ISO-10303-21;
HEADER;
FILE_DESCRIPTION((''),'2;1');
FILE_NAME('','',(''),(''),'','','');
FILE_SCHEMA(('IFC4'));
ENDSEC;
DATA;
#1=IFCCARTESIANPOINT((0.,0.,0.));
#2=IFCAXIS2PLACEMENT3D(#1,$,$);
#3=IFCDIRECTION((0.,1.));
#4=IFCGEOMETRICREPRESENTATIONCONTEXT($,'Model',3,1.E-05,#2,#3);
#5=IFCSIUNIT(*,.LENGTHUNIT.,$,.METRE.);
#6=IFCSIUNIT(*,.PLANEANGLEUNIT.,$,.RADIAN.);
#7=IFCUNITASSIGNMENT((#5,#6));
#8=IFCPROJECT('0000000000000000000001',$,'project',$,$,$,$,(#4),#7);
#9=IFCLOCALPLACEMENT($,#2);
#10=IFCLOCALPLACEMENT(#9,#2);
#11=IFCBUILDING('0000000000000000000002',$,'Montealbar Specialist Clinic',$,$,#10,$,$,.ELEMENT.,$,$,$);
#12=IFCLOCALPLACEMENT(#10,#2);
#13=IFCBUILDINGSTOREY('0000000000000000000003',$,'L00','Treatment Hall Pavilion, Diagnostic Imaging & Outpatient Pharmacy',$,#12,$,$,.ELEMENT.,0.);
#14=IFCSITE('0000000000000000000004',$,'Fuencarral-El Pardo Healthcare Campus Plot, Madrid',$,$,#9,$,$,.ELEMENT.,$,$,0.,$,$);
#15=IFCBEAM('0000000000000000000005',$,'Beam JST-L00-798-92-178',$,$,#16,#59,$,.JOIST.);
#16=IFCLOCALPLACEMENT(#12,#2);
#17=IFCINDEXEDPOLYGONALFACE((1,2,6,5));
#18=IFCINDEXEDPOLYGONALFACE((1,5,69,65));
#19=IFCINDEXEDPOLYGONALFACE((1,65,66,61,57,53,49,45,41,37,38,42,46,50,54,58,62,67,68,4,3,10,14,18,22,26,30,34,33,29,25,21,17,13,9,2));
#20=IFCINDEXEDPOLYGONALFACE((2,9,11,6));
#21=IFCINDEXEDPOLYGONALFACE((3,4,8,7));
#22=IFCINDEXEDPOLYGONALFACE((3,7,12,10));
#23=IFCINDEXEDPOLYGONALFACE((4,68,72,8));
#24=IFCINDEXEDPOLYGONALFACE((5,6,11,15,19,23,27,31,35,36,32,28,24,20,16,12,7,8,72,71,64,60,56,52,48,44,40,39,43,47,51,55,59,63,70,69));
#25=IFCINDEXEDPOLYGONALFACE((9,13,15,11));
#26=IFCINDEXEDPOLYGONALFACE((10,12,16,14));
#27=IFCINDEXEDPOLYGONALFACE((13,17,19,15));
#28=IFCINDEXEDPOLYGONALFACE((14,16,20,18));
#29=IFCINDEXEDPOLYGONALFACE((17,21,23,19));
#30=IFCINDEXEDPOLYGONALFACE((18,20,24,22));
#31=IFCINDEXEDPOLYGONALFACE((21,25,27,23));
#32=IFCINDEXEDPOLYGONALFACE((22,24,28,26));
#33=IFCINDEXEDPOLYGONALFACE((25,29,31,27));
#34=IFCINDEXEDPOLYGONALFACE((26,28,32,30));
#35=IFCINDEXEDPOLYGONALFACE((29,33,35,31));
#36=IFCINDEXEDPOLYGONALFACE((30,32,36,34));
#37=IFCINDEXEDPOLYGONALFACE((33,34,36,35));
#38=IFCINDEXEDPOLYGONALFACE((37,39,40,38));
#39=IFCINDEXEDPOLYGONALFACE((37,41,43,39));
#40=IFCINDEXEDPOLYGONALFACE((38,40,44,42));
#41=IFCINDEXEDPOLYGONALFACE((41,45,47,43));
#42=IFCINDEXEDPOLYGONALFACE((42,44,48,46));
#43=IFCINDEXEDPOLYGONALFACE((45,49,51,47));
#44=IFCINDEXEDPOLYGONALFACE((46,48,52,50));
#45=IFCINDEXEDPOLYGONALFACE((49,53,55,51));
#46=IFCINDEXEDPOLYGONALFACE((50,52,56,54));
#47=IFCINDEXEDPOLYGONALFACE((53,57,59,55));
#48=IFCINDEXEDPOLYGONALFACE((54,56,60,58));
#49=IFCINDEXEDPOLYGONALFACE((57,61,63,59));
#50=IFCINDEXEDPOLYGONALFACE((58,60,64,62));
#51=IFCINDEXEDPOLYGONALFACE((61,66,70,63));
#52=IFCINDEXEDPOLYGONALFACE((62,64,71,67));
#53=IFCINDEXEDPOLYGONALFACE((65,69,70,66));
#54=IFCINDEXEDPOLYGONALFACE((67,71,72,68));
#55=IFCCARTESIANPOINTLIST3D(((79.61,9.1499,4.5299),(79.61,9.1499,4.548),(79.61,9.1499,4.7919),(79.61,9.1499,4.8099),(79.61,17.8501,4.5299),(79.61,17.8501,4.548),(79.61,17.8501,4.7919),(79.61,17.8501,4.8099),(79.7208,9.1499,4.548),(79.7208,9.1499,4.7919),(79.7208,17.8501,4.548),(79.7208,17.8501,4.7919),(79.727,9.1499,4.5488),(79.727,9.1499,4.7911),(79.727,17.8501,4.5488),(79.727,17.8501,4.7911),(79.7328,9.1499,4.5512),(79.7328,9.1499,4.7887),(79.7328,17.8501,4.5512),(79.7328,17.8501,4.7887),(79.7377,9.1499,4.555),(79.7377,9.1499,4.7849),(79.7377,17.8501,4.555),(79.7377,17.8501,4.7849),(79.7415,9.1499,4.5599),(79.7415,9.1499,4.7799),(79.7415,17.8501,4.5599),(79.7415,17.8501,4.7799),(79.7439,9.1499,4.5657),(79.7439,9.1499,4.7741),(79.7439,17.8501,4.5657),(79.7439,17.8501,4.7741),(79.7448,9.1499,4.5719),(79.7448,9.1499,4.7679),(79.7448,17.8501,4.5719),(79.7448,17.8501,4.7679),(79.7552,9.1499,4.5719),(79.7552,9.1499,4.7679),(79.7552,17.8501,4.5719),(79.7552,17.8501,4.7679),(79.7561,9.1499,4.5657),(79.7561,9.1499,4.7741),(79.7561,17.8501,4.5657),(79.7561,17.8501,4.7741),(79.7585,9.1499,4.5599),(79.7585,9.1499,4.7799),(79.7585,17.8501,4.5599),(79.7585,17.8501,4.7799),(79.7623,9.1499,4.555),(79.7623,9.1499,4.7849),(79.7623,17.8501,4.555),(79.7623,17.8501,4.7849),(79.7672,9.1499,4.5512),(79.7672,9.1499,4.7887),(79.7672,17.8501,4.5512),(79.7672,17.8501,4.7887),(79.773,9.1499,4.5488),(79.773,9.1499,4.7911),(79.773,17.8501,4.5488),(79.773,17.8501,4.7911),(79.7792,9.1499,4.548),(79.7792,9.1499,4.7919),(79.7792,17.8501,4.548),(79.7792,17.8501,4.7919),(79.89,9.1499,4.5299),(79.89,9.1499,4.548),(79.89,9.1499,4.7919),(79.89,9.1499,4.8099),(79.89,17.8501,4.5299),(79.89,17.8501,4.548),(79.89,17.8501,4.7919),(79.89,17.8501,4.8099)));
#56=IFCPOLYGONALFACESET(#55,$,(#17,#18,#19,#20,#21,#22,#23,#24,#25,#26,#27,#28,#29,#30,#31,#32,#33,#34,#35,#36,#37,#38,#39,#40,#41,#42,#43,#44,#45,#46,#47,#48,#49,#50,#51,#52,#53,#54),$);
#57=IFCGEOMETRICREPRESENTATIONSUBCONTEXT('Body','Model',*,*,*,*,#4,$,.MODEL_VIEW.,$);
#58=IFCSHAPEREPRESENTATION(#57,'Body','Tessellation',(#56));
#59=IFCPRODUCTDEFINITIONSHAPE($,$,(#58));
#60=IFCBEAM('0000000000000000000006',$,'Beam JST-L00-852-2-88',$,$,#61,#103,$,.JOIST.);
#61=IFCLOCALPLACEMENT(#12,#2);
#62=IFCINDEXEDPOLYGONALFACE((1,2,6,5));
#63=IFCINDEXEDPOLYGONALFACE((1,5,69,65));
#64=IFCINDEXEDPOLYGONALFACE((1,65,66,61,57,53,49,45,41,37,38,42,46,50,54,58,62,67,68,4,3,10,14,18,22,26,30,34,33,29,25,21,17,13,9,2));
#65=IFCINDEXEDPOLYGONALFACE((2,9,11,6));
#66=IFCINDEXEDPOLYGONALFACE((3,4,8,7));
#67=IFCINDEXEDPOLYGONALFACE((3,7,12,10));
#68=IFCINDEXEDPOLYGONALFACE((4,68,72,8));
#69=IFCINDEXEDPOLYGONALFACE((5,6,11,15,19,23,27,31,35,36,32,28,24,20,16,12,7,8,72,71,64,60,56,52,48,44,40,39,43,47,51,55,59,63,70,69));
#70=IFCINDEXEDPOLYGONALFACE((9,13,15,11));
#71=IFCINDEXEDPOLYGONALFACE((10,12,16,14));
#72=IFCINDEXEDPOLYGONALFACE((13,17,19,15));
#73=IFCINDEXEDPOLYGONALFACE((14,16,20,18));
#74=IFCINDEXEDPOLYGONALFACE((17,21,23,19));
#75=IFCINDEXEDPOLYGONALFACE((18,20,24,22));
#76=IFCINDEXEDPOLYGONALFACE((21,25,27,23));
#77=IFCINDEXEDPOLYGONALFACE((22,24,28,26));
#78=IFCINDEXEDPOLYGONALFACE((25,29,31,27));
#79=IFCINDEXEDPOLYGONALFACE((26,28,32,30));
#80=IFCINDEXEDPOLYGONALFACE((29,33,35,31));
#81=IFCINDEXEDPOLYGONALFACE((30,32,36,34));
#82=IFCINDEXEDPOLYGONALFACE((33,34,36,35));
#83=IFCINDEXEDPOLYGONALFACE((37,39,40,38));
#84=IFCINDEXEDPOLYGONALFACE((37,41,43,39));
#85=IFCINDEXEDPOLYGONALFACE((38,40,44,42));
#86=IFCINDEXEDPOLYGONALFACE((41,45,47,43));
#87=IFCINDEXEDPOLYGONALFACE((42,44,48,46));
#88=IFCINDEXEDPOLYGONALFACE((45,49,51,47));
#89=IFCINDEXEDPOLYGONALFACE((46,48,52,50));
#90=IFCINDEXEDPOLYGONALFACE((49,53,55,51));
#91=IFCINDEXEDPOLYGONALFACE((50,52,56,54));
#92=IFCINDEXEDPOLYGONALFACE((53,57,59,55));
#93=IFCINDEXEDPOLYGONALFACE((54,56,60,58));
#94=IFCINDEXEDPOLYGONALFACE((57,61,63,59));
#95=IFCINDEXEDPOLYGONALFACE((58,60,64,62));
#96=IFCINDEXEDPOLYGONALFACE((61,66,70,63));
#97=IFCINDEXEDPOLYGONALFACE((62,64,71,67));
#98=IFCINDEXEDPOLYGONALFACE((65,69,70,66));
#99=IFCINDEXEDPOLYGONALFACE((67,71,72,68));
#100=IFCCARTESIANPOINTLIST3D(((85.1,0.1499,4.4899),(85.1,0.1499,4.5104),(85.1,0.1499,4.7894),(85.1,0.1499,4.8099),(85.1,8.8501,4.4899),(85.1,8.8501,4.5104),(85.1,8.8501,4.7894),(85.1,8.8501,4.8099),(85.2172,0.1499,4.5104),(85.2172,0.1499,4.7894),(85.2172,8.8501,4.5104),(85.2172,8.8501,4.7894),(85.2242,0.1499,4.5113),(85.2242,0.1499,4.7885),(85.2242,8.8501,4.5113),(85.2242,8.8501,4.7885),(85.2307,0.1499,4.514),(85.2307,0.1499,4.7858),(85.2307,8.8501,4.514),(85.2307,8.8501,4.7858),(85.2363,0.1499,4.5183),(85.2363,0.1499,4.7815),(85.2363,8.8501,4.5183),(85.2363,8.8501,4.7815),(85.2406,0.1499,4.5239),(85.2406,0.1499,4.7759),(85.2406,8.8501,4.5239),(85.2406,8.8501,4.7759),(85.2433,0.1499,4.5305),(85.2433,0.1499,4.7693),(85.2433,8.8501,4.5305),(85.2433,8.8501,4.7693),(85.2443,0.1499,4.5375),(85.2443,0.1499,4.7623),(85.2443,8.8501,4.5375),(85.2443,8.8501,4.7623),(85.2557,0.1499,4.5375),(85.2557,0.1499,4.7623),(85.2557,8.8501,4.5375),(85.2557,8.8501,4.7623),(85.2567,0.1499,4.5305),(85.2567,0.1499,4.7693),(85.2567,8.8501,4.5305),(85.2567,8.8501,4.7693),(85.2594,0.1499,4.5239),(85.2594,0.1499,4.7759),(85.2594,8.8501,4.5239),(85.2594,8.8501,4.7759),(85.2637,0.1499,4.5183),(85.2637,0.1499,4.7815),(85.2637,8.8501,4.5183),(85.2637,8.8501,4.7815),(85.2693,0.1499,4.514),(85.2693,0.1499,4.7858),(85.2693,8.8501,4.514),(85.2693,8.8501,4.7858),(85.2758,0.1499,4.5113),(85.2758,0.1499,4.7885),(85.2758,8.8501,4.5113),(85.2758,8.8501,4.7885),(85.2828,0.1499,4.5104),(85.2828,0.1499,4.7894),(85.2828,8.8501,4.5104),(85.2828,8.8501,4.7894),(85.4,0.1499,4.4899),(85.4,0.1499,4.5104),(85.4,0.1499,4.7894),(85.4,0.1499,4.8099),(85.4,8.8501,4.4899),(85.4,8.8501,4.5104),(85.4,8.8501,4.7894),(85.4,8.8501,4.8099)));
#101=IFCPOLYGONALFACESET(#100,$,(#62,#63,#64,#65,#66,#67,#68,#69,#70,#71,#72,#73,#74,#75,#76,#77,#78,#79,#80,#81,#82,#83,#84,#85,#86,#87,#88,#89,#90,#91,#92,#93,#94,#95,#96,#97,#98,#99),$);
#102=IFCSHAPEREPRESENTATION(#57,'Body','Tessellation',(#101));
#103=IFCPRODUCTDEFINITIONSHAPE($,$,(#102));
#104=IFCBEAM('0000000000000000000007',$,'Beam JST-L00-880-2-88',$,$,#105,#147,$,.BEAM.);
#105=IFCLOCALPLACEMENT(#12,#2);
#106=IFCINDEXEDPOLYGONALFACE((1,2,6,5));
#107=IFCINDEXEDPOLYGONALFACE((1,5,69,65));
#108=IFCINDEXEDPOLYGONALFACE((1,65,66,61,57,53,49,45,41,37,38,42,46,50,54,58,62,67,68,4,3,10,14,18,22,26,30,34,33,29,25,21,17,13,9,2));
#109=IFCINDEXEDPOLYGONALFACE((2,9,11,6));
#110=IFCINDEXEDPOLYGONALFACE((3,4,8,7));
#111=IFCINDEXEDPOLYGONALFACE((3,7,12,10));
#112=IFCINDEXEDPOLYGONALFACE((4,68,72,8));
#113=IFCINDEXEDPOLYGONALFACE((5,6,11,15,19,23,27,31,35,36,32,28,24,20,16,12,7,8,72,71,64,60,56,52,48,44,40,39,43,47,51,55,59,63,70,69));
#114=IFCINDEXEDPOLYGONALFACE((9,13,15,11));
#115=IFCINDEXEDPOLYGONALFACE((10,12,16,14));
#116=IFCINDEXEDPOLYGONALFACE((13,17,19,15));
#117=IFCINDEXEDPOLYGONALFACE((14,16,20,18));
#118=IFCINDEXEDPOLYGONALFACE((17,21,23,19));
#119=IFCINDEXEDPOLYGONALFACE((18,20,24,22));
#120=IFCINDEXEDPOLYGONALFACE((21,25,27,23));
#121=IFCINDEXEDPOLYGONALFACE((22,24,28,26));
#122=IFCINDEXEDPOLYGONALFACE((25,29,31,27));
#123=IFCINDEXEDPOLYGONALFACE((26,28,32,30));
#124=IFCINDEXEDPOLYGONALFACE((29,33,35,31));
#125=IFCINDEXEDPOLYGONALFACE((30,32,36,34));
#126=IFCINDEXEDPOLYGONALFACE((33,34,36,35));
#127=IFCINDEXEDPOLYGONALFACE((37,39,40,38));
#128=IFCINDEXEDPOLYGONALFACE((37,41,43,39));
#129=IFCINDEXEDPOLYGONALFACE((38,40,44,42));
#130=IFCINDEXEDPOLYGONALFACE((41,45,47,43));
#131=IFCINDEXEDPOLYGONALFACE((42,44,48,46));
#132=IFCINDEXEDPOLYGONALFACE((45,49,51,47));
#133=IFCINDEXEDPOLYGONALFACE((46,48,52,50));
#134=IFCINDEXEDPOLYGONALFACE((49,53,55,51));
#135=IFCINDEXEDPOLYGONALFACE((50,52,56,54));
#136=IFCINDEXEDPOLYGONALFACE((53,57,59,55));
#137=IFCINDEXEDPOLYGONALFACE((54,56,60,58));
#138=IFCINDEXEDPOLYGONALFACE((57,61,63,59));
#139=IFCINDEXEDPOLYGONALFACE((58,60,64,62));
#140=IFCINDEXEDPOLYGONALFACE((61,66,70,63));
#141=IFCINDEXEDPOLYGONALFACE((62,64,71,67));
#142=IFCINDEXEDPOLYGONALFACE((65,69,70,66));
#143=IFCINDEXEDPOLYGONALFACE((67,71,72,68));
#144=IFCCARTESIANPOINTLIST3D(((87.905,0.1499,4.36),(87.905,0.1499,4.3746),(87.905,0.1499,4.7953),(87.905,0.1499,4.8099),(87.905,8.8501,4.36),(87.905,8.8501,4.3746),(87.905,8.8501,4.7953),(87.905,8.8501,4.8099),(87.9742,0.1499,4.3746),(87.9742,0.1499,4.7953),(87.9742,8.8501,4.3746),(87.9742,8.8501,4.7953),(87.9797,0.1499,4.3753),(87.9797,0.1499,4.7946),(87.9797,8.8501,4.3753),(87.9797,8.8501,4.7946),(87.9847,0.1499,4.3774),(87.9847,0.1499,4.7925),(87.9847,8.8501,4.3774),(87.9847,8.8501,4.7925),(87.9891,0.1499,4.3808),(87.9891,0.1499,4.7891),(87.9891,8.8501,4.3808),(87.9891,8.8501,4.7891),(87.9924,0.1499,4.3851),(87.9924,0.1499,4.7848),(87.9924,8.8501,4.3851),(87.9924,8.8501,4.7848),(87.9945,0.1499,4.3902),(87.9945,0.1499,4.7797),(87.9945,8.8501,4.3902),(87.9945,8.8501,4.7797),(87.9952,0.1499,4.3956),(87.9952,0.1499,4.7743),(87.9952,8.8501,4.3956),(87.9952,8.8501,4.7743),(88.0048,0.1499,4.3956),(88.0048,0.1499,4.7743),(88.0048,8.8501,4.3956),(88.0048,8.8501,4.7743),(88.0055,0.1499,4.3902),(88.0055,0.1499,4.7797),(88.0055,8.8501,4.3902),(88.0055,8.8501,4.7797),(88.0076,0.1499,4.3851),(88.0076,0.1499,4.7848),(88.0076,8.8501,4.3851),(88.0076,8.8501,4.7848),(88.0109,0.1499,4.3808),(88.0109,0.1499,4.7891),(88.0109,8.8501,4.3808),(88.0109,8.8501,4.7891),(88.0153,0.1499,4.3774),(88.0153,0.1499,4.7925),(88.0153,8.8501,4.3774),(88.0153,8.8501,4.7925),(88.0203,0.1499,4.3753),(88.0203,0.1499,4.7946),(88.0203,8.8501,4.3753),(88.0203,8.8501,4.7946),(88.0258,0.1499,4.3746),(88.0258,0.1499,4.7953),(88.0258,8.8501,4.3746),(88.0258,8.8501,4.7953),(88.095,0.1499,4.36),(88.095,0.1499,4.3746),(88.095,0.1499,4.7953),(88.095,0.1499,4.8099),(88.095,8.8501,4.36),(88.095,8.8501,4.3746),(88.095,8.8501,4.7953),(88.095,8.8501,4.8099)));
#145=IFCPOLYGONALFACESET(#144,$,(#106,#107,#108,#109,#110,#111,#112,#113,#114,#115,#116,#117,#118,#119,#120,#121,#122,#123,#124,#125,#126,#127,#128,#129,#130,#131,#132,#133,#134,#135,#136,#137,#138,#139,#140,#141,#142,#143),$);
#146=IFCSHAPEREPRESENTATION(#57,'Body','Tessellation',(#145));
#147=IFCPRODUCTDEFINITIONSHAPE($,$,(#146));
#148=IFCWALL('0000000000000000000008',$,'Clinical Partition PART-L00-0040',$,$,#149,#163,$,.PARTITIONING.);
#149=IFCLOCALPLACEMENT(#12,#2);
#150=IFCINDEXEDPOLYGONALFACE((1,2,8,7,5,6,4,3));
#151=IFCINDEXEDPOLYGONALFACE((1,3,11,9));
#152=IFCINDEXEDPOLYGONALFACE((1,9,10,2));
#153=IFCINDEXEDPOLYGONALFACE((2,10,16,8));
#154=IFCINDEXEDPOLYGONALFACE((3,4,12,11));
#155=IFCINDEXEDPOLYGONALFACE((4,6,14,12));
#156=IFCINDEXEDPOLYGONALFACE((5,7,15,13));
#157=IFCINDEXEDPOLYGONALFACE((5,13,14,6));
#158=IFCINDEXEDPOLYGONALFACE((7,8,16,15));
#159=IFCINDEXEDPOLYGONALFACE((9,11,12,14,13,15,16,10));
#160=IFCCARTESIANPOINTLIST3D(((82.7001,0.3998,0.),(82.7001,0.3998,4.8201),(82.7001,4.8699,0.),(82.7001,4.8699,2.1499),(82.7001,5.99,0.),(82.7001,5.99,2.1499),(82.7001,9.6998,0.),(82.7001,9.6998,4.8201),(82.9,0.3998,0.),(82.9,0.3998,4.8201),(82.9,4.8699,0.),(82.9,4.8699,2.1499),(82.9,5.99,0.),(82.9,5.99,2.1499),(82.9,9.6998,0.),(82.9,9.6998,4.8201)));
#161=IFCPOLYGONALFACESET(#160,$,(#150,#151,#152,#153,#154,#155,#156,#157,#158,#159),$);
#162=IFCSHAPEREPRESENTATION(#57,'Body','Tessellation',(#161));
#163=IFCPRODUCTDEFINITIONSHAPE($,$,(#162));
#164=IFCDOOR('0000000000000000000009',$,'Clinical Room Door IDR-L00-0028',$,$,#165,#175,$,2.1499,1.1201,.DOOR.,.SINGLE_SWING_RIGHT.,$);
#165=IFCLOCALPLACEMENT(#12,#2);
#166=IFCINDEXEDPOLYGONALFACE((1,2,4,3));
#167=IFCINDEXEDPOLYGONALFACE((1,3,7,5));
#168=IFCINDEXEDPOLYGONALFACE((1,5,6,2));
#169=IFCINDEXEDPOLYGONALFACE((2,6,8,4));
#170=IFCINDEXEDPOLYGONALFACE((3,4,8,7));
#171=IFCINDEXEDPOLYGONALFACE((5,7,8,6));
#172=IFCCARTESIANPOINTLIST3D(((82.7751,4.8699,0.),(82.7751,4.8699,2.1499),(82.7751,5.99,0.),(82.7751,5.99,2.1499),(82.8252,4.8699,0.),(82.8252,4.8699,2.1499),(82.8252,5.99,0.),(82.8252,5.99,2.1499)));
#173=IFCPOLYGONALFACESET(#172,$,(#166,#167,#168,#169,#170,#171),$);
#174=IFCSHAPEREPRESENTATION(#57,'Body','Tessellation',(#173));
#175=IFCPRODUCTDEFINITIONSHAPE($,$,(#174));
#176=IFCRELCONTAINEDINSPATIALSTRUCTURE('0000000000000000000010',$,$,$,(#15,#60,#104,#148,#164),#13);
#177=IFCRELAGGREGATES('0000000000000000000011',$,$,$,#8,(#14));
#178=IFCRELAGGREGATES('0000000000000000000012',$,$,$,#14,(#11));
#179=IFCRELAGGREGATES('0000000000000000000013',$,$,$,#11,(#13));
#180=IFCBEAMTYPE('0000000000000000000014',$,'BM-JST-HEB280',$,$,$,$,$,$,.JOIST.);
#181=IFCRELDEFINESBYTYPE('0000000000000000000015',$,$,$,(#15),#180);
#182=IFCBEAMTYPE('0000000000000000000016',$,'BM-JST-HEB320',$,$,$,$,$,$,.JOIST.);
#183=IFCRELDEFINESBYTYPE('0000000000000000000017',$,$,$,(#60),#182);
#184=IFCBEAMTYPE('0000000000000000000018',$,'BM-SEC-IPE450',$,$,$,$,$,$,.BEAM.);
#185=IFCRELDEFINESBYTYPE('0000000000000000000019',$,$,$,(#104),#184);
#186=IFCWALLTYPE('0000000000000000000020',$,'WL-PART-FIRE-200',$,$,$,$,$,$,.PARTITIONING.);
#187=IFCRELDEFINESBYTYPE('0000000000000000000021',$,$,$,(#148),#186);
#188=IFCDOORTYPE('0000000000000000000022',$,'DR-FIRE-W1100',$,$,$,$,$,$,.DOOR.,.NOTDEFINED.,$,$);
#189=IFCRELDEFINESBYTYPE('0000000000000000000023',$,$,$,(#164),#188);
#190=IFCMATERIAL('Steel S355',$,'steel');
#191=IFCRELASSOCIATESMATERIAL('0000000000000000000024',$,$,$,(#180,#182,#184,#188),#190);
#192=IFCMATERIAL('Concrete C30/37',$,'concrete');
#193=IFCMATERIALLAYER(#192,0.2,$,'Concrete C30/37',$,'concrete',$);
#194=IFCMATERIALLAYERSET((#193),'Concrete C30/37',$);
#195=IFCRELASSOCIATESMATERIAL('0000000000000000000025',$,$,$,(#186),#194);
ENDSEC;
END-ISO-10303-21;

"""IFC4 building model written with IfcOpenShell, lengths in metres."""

from ifc_helpers import new_model, si_unit, direction, frame, frame_2d, origin, origin_2d, place, context, subcontext, project, spatial, rectangle, i_section, extrude, material, layer, layer_set, material_profile, profile_set, type_object, element, fill, save


model = new_model("IFC4")

# Units and contexts
model_context = context("Model", 3, precision=1e-05, world=origin(), true_north=direction((0.0, 1.0)))
body_context = subcontext(model_context, "Body", "Model", "MODEL_VIEW")
ifc_project = project(units=[si_unit("LENGTHUNIT", "METRE"), si_unit("PLANEANGLEUNIT", "RADIAN")], contexts=[model_context])

# Site, building, storey
site_placement = place(None, origin())
site = spatial("IfcSite", under=ifc_project, at=site_placement, Name="Fuencarral-El Pardo Healthcare Campus Plot, Madrid", CompositionType="ELEMENT", RefElevation=0.0)
building_placement = place(site_placement, origin())
building = spatial("IfcBuilding", under=site, at=building_placement, Name="Montealbar Specialist Clinic", CompositionType="ELEMENT")
storey_placement = place(building_placement, origin())
storey = spatial("IfcBuildingStorey", under=building, at=storey_placement, Name="L00", Description="Treatment Hall Pavilion, Diagnostic Imaging & Outpatient Pharmacy", CompositionType="ELEMENT", Elevation=0.0)

# Shared definitions
ifc_material_1 = material(Name="Steel S355", Category="steel")

# Beams
ifc_material_profile_1 = material_profile(ifc_material_1, i_section(OverallWidth=0.28, OverallDepth=0.28, WebThickness=0.0105, FlangeThickness=0.0181, FilletRadius=0.0239, at=origin_2d()), Name="HEB 280", Category="steel")
ifc_profile_set_1 = profile_set([ifc_material_profile_1], Name="Steel S355")
beam_type_1 = type_object("IfcBeamType", Name="BM-JST-HEB280", PredefinedType="JOIST", material=ifc_profile_set_1)
beam_1_placement = place(storey_placement, frame((79.75, 9.1499, 4.6699), z_axis=(0.0, 1.0, 0.0), x_axis=(-1.0, 0.0, 0.0)))
element("IfcBeam", 1, at=beam_1_placement, inside=storey, type_object=beam_type_1, Name="Beam JST-L00-798-92-178", PredefinedType="JOIST", context=body_context, shape_type="SweptSolid", body=[
    extrude(i_section(OverallWidth=0.28, OverallDepth=0.28, WebThickness=0.0105, FlangeThickness=0.0181, FilletRadius=0.0239, at=origin_2d()), origin(), (0.0, 0.0, 1.0), 8.7002),
])
ifc_material_profile_2 = material_profile(ifc_material_1, i_section(OverallWidth=0.3, OverallDepth=0.3201, WebThickness=0.0115, FlangeThickness=0.0205, FilletRadius=0.0271, at=origin_2d()), Name="HEB 320", Category="steel")
ifc_profile_set_2 = profile_set([ifc_material_profile_2], Name="Steel S355")
beam_type_2 = type_object("IfcBeamType", Name="BM-JST-HEB320", PredefinedType="JOIST", material=ifc_profile_set_2)
beam_2_placement = place(storey_placement, frame((85.25, 0.1499, 4.6499), z_axis=(0.0, 1.0, 0.0), x_axis=(-1.0, 0.0, 0.0)))
element("IfcBeam", 2, at=beam_2_placement, inside=storey, type_object=beam_type_2, Name="Beam JST-L00-852-2-88", PredefinedType="JOIST", context=body_context, shape_type="SweptSolid", body=[
    extrude(i_section(OverallWidth=0.3, OverallDepth=0.3201, WebThickness=0.0115, FlangeThickness=0.0205, FilletRadius=0.0271, at=origin_2d()), origin(), (0.0, 0.0, 1.0), 8.7002),
])
ifc_material_profile_3 = material_profile(ifc_material_1, i_section(OverallWidth=0.1899, OverallDepth=0.45, WebThickness=0.0095, FlangeThickness=0.0146, FilletRadius=0.021, at=origin_2d()), Name="IPE 450", Category="steel")
ifc_profile_set_3 = profile_set([ifc_material_profile_3], Name="Steel S355")
beam_type_3 = type_object("IfcBeamType", Name="BM-SEC-IPE450", PredefinedType="BEAM", material=ifc_profile_set_3)
beam_3_placement = place(storey_placement, frame((88.0, 0.1499, 4.585), z_axis=(0.0, 1.0, 0.0), x_axis=(-1.0, 0.0, 0.0)))
element("IfcBeam", 3, at=beam_3_placement, inside=storey, type_object=beam_type_3, Name="Beam JST-L00-880-2-88", PredefinedType="BEAM", context=body_context, shape_type="SweptSolid", body=[
    extrude(i_section(OverallWidth=0.1899, OverallDepth=0.45, WebThickness=0.0095, FlangeThickness=0.0146, FilletRadius=0.021, at=origin_2d()), origin(), (0.0, 0.0, 1.0), 8.7002),
])

# Wall, opening, door
ifc_material_2 = material(Name="Concrete C30/37", Category="concrete")
ifc_layer_1 = layer(ifc_material_2, 0.2, Name="Concrete C30/37", Category="concrete")
ifc_layer_set_1 = layer_set([ifc_layer_1], Name="Concrete C30/37")
wall_type = type_object("IfcWallType", Name="WL-PART-FIRE-200", PredefinedType="PARTITIONING", material=ifc_layer_set_1)
wall_placement = place(storey_placement, frame((82.8, 0.3999, 0.0), z_axis=(0.0, 0.0, 1.0), x_axis=(0.0, 1.0, 0.0)))
wall = element("IfcWall", 4, at=wall_placement, inside=storey, type_object=wall_type, Name="Clinical Partition PART-L00-0040", PredefinedType="PARTITIONING", context=body_context, shape_type="SweptSolid", body=[
    extrude(rectangle(XDim=9.3, YDim=0.2, at=frame_2d((4.6499, 0.0))), origin(), (0.0, 0.0, 1.0), 4.8201),
])
opening_placement = place(wall_placement, frame((4.47, 0.0, 0.0)))
opening = element("IfcOpeningElement", 5, at=opening_placement, cuts=wall, PredefinedType="OPENING", context=body_context, shape_type="SweptSolid", body=[
    extrude(rectangle(XDim=1.1201, YDim=2.1499, at=frame_2d((0.5601, 1.075))), frame((0.0, 0.1099, 0.0), z_axis=(0.0, -1.0, 0.0), x_axis=(1.0, 0.0, 0.0)), (0.0, 0.0, 1.0), 0.22),
])
door_type = type_object("IfcDoorType", Name="DR-FIRE-W1100", OperationType="NOTDEFINED", PredefinedType="DOOR", material=ifc_material_1)
door_placement = place(opening_placement, origin())
door = element("IfcDoor", 6, at=door_placement, inside=storey, type_object=door_type, Name="Clinical Room Door IDR-L00-0028", OperationType="SINGLE_SWING_RIGHT", OverallHeight=2.1499, OverallWidth=1.1201, PredefinedType="DOOR", context=body_context, shape_type="SweptSolid", body=[
    extrude(rectangle(XDim=1.1201, YDim=2.1499, at=frame_2d((0.5601, 1.075))), frame((0.0, 0.0249, 0.0), z_axis=(0.0, -1.0, 0.0), x_axis=(1.0, 0.0, 0.0)), (0.0, 0.0, 1.0), 0.05),
])
fill(opening, door)

save(model, "model.ifc")
